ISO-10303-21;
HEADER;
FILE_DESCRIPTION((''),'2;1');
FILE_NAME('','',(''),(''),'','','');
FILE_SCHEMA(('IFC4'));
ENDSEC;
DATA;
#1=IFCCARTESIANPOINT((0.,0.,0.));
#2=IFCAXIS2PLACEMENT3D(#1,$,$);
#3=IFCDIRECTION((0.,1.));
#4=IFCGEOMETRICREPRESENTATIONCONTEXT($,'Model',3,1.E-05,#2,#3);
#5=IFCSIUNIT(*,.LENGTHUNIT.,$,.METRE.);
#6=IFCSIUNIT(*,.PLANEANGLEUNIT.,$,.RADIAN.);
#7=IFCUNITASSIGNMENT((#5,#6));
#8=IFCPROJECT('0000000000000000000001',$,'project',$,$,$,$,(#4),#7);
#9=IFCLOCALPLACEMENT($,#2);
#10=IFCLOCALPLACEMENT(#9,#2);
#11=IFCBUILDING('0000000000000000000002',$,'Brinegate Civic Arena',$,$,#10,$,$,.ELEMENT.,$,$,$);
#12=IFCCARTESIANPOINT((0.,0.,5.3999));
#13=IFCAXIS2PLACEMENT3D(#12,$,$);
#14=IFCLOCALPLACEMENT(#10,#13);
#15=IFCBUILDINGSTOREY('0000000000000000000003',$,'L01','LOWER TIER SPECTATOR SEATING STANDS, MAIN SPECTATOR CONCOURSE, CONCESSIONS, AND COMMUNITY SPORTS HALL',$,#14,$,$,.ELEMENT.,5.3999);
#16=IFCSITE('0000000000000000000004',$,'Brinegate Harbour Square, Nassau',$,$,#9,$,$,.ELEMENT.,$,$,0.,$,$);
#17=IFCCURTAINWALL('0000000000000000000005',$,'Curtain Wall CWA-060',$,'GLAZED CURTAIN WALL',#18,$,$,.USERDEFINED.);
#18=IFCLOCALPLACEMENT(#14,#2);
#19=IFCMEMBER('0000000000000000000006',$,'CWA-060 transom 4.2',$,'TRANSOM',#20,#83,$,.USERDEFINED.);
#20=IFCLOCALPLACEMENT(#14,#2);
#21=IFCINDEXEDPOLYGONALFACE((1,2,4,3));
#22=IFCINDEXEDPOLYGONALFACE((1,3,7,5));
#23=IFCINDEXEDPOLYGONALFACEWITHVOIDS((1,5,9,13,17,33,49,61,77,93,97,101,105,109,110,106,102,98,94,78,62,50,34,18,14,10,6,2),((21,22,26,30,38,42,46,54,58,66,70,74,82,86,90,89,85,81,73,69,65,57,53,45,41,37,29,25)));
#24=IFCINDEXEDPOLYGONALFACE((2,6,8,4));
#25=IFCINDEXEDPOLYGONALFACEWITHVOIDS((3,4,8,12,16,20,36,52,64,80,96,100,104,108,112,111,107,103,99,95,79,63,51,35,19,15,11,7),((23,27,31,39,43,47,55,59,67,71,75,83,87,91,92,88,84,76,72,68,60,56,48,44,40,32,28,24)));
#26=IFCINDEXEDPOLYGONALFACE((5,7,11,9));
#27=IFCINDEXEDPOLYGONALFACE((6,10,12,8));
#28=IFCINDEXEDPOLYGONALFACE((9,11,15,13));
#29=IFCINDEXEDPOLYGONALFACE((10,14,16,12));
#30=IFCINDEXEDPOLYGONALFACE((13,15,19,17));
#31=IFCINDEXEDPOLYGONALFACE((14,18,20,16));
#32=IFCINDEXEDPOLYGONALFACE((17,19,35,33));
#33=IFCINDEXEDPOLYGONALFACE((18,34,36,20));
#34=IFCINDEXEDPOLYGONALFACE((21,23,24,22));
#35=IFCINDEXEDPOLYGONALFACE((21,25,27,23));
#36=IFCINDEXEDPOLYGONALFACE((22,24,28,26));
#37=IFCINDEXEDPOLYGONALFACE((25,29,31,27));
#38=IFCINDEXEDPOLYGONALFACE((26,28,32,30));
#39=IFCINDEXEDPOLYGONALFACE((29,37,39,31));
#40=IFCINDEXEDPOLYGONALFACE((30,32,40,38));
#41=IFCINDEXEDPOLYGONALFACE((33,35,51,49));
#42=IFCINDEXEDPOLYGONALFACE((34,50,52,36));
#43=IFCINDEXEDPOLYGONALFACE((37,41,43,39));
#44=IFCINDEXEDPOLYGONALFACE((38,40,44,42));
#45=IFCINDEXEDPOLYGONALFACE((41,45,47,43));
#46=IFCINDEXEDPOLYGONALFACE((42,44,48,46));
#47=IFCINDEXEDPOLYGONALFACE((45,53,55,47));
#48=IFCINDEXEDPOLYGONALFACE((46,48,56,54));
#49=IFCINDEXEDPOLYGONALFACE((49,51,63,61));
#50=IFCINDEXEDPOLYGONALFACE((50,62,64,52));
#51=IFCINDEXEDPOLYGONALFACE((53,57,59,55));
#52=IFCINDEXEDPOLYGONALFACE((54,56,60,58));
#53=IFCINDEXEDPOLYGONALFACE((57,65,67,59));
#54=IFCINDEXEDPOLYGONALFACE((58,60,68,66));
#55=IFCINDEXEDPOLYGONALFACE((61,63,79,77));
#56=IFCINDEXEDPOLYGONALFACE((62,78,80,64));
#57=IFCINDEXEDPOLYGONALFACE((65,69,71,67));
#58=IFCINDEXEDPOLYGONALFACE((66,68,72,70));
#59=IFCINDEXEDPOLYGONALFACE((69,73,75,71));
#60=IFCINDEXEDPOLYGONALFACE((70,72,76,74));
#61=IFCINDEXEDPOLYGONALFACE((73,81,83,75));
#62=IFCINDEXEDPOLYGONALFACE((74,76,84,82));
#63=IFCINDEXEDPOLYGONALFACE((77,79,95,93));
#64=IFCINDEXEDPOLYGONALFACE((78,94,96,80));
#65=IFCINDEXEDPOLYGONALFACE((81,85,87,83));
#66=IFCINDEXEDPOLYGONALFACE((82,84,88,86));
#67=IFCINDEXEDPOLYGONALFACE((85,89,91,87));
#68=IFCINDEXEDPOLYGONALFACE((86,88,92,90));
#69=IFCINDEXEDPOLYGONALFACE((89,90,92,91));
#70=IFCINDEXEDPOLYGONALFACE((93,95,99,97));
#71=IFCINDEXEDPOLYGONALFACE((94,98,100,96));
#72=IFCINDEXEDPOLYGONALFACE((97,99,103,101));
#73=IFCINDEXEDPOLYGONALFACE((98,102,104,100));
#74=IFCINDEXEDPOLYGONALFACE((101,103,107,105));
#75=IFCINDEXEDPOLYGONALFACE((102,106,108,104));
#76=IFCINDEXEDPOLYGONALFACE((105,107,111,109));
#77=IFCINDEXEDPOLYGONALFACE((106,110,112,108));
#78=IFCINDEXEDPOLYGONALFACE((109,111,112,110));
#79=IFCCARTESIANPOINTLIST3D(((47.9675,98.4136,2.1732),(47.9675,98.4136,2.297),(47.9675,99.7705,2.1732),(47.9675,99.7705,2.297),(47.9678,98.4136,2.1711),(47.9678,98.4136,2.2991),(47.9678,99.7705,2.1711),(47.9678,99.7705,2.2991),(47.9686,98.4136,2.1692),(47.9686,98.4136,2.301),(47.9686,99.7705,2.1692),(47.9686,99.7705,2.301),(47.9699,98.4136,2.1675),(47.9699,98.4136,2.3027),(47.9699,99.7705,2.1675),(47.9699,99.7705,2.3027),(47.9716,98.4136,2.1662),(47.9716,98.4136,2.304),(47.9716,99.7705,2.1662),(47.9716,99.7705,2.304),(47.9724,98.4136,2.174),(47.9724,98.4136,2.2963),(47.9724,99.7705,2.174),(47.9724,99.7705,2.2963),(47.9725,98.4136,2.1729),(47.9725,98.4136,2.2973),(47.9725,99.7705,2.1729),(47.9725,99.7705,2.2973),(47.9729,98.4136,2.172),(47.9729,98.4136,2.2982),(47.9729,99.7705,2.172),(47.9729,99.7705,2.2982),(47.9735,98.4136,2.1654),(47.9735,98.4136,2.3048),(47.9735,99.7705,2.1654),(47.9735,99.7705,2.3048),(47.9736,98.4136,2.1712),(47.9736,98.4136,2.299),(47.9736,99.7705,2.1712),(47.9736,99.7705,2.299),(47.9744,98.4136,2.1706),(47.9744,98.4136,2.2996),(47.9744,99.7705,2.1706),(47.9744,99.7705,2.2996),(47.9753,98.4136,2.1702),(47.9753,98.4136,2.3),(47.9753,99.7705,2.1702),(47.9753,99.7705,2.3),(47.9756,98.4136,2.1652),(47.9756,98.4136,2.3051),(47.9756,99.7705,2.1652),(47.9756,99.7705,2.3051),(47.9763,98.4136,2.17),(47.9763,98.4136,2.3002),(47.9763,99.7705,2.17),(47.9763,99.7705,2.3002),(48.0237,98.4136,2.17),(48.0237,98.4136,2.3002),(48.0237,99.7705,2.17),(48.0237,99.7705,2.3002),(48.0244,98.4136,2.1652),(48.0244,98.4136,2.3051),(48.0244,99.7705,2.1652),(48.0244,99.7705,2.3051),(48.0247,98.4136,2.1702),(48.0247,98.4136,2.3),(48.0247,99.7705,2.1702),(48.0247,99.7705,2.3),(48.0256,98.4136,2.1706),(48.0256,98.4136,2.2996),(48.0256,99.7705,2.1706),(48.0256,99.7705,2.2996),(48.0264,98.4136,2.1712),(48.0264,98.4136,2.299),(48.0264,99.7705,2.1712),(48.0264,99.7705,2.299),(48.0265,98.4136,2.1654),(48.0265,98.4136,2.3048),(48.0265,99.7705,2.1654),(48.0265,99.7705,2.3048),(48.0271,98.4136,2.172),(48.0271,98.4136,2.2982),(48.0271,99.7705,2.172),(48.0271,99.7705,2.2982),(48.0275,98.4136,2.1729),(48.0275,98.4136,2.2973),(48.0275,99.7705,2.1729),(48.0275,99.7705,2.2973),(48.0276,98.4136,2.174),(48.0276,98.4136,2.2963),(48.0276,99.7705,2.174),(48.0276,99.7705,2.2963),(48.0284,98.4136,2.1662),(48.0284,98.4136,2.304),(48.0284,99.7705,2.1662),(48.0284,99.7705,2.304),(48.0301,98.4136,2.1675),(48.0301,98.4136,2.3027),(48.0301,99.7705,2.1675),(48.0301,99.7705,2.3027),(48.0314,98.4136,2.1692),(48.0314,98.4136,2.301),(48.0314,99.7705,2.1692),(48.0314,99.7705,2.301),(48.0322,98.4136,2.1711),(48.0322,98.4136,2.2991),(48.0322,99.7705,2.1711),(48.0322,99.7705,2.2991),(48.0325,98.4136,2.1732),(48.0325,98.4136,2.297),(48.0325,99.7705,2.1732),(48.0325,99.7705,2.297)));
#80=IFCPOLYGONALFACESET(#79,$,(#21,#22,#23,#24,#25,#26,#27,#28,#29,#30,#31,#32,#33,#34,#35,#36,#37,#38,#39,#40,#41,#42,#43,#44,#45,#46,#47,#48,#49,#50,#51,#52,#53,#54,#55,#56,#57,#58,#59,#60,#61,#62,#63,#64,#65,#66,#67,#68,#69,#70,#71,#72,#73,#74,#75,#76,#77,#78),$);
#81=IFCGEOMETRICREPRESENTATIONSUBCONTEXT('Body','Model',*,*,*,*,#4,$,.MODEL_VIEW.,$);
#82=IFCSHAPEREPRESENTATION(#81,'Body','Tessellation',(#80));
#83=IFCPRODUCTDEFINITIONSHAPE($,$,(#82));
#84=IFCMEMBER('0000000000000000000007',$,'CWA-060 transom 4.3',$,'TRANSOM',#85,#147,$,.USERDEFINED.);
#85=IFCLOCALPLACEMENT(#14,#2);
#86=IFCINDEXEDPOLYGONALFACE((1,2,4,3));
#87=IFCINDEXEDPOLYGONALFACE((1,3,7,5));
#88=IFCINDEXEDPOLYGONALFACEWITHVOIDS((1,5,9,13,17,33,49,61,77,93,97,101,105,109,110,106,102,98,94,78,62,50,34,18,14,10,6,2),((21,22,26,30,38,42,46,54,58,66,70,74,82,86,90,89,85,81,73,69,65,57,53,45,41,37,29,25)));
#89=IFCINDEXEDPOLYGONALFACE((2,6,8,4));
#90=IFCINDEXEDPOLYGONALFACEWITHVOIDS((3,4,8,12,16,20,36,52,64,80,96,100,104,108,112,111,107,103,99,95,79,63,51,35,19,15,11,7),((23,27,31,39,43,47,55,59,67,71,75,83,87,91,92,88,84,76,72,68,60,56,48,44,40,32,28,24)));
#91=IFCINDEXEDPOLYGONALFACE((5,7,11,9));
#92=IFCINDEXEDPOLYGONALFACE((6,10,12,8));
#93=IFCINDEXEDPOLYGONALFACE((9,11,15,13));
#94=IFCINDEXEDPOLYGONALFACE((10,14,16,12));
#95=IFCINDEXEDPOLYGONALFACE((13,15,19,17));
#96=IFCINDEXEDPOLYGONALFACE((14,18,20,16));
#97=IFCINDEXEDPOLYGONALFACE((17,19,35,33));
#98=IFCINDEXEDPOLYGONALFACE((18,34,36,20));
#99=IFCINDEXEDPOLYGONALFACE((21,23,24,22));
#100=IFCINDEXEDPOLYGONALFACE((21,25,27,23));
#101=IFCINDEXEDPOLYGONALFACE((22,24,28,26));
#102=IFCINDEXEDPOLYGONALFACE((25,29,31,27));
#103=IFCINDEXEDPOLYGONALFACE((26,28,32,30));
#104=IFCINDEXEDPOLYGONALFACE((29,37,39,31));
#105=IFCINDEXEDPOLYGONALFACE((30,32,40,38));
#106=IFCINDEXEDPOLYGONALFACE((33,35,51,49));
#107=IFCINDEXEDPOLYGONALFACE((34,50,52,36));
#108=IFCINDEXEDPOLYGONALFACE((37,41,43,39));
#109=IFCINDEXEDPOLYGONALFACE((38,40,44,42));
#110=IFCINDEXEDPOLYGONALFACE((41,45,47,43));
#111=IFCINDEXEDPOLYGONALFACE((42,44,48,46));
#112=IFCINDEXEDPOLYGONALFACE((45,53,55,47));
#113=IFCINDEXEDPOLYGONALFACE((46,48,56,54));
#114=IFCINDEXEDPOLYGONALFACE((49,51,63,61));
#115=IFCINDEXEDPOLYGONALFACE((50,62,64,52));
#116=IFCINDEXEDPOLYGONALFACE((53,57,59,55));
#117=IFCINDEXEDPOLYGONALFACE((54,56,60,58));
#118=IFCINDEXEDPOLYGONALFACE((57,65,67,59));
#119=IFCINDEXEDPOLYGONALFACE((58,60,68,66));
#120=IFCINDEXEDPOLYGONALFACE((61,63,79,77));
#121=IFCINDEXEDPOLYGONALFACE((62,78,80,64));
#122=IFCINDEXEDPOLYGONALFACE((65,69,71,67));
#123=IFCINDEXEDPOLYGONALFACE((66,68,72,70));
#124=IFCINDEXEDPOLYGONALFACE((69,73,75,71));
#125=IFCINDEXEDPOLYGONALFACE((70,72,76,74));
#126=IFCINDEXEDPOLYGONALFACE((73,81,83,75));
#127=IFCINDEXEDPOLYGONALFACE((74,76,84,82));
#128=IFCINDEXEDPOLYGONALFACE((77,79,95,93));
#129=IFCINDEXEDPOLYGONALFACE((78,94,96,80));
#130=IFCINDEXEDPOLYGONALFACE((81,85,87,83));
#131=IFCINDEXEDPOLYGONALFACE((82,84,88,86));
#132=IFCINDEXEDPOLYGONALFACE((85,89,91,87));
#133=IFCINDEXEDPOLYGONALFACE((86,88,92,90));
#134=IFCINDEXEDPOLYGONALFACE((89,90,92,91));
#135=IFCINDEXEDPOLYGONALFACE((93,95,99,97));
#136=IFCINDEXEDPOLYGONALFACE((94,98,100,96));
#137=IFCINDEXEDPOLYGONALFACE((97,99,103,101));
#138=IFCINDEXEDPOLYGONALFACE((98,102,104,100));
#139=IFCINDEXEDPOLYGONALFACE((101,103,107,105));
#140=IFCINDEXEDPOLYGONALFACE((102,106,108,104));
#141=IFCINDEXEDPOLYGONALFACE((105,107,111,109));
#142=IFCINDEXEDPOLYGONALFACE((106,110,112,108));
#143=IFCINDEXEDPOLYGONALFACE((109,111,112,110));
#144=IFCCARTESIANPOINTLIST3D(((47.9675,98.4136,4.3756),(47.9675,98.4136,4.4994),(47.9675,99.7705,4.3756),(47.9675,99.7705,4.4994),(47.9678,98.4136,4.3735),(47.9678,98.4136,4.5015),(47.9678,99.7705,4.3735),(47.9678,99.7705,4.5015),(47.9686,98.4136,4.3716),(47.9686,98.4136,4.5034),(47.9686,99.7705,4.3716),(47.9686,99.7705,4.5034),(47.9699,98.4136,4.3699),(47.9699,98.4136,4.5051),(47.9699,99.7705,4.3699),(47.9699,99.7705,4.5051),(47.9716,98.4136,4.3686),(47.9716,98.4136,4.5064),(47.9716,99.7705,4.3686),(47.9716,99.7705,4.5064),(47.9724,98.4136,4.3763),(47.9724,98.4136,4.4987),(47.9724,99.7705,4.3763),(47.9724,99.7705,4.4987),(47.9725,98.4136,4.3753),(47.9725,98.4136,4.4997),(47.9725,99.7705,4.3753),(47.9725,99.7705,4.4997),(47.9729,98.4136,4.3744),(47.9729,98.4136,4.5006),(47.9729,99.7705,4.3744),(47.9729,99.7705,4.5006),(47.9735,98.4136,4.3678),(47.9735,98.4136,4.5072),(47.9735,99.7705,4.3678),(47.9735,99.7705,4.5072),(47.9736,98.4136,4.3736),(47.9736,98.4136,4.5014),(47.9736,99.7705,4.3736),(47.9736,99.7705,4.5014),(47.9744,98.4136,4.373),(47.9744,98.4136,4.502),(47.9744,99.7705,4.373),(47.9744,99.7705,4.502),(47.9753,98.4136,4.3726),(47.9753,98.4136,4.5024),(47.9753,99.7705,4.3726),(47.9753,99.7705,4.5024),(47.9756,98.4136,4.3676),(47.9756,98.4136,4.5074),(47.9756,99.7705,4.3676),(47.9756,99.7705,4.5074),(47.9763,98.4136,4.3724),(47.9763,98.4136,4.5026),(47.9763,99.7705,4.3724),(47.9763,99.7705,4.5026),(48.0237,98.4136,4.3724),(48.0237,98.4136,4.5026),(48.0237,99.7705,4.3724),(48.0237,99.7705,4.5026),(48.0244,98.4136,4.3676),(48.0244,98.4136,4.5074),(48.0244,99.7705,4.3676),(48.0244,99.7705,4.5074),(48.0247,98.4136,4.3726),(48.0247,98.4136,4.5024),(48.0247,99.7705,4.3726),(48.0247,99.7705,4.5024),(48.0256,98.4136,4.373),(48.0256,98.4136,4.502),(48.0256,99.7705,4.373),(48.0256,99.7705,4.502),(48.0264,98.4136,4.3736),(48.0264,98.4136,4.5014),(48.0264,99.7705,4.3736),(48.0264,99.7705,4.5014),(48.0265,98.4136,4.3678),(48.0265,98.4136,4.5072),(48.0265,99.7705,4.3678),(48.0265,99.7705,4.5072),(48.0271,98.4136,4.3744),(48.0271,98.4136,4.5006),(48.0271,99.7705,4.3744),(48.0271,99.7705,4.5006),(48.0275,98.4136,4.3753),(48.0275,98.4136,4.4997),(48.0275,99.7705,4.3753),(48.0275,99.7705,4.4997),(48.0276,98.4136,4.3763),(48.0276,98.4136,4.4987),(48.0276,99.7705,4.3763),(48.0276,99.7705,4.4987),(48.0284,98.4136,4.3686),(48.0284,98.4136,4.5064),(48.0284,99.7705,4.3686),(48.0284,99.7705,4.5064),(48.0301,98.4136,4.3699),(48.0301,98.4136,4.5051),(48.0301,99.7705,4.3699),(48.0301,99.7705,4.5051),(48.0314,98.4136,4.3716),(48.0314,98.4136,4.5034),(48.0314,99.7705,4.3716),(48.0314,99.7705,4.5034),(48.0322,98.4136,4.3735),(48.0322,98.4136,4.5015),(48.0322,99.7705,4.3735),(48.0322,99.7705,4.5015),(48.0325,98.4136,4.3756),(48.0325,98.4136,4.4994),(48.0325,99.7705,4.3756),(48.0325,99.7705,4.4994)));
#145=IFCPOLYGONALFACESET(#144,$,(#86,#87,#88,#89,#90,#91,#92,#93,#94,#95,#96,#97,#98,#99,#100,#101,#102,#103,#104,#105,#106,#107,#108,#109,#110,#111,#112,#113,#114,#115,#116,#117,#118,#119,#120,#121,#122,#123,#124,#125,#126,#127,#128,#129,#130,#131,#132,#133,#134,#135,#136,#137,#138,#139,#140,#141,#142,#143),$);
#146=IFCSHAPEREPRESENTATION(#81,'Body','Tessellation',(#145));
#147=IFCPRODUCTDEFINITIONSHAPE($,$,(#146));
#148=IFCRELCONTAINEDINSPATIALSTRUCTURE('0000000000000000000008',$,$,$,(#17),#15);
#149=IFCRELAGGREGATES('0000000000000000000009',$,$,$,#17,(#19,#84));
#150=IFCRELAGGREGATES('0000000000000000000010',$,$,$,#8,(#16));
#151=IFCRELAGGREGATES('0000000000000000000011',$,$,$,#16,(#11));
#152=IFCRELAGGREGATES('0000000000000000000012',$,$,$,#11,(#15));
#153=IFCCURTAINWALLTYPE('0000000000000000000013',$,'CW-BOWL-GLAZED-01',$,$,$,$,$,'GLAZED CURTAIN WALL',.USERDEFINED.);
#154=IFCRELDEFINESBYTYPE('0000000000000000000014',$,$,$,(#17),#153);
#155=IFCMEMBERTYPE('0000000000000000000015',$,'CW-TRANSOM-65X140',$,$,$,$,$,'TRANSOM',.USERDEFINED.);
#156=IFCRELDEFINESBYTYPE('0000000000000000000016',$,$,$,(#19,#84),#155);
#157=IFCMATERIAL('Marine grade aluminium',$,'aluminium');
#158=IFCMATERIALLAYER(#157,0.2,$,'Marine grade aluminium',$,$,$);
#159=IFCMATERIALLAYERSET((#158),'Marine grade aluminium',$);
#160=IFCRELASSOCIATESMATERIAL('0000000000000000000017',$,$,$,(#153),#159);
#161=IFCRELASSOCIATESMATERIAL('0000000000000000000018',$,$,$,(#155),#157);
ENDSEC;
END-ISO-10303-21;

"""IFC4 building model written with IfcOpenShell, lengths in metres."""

from ifc_helpers import new_model, si_unit, direction, frame, origin, origin_2d, place, context, subcontext, project, spatial, hollow_rectangle, extrude, material, layer, layer_set, material_profile, profile_set, type_object, element, aggregate, save


model = new_model("IFC4")

# Units and contexts
model_context = context("Model", 3, precision=1e-05, world=origin(), true_north=direction((0.0, 1.0)))
body_context = subcontext(model_context, "Body", "Model", "MODEL_VIEW")
ifc_project = project(units=[si_unit("LENGTHUNIT", "METRE"), si_unit("PLANEANGLEUNIT", "RADIAN")], contexts=[model_context])

# Site, building, storey
site_placement = place(None, origin())
site = spatial("IfcSite", under=ifc_project, at=site_placement, Name="Brinegate Harbour Square, Nassau", CompositionType="ELEMENT", RefElevation=0.0)
building_placement = place(site_placement, origin())
building = spatial("IfcBuilding", under=site, at=building_placement, Name="Brinegate Civic Arena", CompositionType="ELEMENT")
storey_placement = place(building_placement, frame((0.0, 0.0, 5.3999)))
storey = spatial("IfcBuildingStorey", under=building, at=storey_placement, Name="L01", Description="LOWER TIER SPECTATOR SEATING STANDS, MAIN SPECTATOR CONCOURSE, CONCESSIONS, AND COMMUNITY SPORTS HALL", CompositionType="ELEMENT", Elevation=5.3999)

# Curtain wall, members
ifc_material_1 = material(Name="Marine grade aluminium", Category="aluminium")
ifc_layer_1 = layer(ifc_material_1, 0.2, Name="Marine grade aluminium")
ifc_layer_set_1 = layer_set([ifc_layer_1], Name="Marine grade aluminium")
curtain_wall_type = type_object("IfcCurtainWallType", Name="CW-BOWL-GLAZED-01", ElementType="GLAZED CURTAIN WALL", PredefinedType="USERDEFINED", material=ifc_layer_set_1)
curtain_wall_placement = place(storey_placement, origin())
curtain_wall = element("IfcCurtainWall", 1, at=curtain_wall_placement, inside=storey, type_object=curtain_wall_type, Name="Curtain Wall CWA-060", ObjectType="GLAZED CURTAIN WALL", PredefinedType="USERDEFINED")
ifc_material_profile_1 = material_profile(ifc_material_1, hollow_rectangle(XDim=0.0649, YDim=0.1399, WallThickness=0.0049, InnerFilletRadius=0.0039, OuterFilletRadius=0.0081, at=origin_2d()), Name="TRN65X140")
ifc_profile_set_1 = profile_set([ifc_material_profile_1], Name="Marine grade aluminium")
member_type_1 = type_object("IfcMemberType", Name="CW-TRANSOM-65X140", ElementType="TRANSOM", PredefinedType="USERDEFINED", material=ifc_profile_set_1)
member_1_placement = place(storey_placement, frame((48.0, 98.4136, 2.2351), z_axis=(0.0, 1.0, 0.0), x_axis=(-1.0, 0.0, 0.0)))
member_1 = element("IfcMember", 2, at=member_1_placement, type_object=member_type_1, Name="CWA-060 transom 4.2", ObjectType="TRANSOM", PredefinedType="USERDEFINED", context=body_context, shape_type="SweptSolid", body=[
    extrude(hollow_rectangle(XDim=0.0649, YDim=0.1399, WallThickness=0.0049, InnerFilletRadius=0.0039, OuterFilletRadius=0.0081, at=origin_2d()), origin(), (0.0, 0.0, 1.0), 1.3569),
])
member_2_placement = place(storey_placement, frame((48.0, 98.4136, 4.4375), z_axis=(0.0, 1.0, 0.0), x_axis=(-1.0, 0.0, 0.0)))
member_2 = element("IfcMember", 3, at=member_2_placement, type_object=member_type_1, Name="CWA-060 transom 4.3", ObjectType="TRANSOM", PredefinedType="USERDEFINED", context=body_context, shape_type="SweptSolid", body=[
    extrude(hollow_rectangle(XDim=0.0649, YDim=0.1399, WallThickness=0.0049, InnerFilletRadius=0.0039, OuterFilletRadius=0.0081, at=origin_2d()), origin(), (0.0, 0.0, 1.0), 1.3569),
])

aggregate(curtain_wall, [member_1, member_2])

save(model, "model.ifc")
